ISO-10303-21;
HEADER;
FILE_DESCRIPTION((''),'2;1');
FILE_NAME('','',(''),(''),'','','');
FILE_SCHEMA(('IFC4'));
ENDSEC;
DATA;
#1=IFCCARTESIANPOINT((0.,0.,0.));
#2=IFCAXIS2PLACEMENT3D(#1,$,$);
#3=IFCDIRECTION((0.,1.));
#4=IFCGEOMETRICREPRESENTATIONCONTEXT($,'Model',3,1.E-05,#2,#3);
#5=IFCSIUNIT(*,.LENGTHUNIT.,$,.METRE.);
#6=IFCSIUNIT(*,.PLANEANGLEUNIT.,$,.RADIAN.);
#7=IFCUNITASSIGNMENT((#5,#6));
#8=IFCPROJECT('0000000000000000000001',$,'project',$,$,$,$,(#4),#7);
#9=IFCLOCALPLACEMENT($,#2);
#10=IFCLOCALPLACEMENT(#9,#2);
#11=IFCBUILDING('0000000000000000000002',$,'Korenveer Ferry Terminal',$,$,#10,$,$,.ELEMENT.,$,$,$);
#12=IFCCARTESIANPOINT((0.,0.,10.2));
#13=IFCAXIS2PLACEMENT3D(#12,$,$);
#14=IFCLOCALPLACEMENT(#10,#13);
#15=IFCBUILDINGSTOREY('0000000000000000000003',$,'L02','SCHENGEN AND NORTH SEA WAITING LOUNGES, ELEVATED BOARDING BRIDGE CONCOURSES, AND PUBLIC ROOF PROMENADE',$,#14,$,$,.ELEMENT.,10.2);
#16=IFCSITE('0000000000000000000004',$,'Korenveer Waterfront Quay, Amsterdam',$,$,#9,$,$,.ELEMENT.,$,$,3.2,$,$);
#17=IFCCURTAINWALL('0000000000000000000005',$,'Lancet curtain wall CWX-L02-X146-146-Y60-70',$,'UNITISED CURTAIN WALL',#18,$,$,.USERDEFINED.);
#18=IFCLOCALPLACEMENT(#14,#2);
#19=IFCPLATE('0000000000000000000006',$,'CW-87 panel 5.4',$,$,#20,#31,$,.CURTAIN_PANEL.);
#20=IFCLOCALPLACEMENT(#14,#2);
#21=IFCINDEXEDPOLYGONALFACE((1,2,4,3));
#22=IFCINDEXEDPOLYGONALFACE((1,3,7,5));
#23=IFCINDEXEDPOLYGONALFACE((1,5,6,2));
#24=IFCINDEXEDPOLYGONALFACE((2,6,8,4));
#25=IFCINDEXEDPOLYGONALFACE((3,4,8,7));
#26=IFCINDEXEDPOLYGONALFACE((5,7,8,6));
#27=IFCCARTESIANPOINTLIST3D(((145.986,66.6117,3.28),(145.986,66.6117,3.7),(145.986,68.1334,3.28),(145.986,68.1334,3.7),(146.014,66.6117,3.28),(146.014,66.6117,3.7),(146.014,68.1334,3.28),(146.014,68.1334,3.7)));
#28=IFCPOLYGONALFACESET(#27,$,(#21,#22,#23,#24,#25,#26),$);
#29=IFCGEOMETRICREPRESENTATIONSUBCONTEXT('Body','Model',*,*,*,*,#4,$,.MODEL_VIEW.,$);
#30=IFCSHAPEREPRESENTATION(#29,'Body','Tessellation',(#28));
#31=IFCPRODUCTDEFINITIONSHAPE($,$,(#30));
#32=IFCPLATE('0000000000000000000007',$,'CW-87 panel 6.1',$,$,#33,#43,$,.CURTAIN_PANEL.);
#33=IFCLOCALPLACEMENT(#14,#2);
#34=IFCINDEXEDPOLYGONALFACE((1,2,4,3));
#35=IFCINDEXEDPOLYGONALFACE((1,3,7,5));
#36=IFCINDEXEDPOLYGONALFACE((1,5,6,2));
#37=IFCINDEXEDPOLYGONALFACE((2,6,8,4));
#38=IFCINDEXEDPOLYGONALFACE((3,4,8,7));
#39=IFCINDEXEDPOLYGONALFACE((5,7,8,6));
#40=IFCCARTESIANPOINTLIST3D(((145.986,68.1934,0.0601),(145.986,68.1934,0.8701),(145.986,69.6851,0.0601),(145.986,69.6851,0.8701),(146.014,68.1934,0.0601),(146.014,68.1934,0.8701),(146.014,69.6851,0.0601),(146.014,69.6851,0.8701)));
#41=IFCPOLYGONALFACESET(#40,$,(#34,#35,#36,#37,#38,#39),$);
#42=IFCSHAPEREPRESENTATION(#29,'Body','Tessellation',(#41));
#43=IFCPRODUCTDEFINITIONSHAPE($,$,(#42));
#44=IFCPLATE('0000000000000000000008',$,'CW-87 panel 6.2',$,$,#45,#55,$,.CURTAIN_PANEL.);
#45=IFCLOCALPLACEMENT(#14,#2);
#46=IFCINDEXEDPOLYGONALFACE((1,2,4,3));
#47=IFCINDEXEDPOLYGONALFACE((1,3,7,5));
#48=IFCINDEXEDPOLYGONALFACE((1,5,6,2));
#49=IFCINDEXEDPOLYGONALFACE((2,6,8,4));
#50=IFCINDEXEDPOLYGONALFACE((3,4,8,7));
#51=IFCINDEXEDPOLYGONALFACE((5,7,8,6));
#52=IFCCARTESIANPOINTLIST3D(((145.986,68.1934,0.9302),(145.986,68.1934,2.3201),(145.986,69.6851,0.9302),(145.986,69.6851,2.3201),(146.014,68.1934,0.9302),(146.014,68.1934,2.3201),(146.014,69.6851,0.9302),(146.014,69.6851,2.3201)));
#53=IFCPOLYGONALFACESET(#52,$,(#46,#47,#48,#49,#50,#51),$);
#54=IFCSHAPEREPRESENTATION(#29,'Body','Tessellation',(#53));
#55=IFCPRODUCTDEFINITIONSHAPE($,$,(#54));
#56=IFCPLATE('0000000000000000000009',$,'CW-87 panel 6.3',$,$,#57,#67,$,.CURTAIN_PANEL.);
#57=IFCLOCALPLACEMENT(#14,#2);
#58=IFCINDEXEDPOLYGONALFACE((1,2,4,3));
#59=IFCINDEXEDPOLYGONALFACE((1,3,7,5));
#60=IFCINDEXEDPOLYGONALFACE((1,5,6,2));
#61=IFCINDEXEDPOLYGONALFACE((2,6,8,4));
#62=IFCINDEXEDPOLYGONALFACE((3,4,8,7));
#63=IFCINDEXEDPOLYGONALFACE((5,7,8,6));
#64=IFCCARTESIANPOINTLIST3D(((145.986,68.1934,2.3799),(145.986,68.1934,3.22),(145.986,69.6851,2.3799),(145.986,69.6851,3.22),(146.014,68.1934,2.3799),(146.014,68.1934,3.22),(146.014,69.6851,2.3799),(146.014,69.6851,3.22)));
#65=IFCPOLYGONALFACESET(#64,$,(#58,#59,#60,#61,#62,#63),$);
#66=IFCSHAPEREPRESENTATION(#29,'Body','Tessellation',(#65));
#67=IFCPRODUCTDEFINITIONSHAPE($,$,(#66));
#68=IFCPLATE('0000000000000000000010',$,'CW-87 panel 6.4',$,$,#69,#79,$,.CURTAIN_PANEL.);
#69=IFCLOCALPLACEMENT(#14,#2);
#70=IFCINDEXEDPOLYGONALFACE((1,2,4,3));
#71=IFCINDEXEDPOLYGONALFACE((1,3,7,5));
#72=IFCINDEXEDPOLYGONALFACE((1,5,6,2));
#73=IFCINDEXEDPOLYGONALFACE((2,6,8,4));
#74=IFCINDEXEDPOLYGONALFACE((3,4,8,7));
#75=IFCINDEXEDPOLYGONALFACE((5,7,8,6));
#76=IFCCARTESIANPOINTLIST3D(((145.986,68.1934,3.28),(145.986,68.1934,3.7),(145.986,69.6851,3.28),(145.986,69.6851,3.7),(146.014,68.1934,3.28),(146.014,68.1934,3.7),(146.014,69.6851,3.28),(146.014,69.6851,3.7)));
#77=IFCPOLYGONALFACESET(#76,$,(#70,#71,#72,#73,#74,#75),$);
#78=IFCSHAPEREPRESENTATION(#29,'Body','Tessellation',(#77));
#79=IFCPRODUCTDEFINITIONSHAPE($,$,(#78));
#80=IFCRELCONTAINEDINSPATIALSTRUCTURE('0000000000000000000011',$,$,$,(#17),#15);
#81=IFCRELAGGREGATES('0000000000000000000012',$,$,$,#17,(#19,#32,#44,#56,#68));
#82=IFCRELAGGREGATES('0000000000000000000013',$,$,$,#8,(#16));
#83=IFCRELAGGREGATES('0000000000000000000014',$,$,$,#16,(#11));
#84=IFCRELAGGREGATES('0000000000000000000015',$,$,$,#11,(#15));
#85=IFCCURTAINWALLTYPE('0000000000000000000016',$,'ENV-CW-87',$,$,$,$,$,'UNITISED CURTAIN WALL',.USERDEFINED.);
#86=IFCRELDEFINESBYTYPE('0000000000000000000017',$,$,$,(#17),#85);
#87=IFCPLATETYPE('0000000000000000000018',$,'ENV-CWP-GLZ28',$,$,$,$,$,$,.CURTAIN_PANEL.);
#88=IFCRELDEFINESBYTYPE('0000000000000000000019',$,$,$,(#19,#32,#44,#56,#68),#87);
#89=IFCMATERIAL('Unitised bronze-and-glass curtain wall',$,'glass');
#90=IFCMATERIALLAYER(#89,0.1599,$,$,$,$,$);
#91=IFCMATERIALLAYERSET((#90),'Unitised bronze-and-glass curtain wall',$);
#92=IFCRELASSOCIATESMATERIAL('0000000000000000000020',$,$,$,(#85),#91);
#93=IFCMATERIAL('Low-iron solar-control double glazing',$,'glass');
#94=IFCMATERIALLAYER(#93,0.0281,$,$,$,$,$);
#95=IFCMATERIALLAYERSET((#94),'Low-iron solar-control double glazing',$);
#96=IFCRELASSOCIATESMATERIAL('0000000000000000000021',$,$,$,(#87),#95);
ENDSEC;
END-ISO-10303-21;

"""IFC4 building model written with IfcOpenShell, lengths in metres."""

from ifc_helpers import new_model, si_unit, direction, frame, origin, origin_2d, place, context, subcontext, project, spatial, rectangle, extrude, material, layer, layer_set, type_object, element, aggregate, save


model = new_model("IFC4")

# Units and contexts
model_context = context("Model", 3, precision=1e-05, world=origin(), true_north=direction((0.0, 1.0)))
body_context = subcontext(model_context, "Body", "Model", "MODEL_VIEW")
ifc_project = project(units=[si_unit("LENGTHUNIT", "METRE"), si_unit("PLANEANGLEUNIT", "RADIAN")], contexts=[model_context])

# Site, building, storey
site_placement = place(None, origin())
site = spatial("IfcSite", under=ifc_project, at=site_placement, Name="Korenveer Waterfront Quay, Amsterdam", CompositionType="ELEMENT", RefElevation=3.2)
building_placement = place(site_placement, origin())
building = spatial("IfcBuilding", under=site, at=building_placement, Name="Korenveer Ferry Terminal", CompositionType="ELEMENT")
storey_placement = place(building_placement, frame((0.0, 0.0, 10.2)))
storey = spatial("IfcBuildingStorey", under=building, at=storey_placement, Name="L02", Description="SCHENGEN AND NORTH SEA WAITING LOUNGES, ELEVATED BOARDING BRIDGE CONCOURSES, AND PUBLIC ROOF PROMENADE", CompositionType="ELEMENT", Elevation=10.2)

# Shared definitions
ifc_material_1 = material(Name="Unitised bronze-and-glass curtain wall", Category="glass")

# Curtain wall
ifc_layer_1 = layer(ifc_material_1, 0.1599)
ifc_layer_set_1 = layer_set([ifc_layer_1], Name="Unitised bronze-and-glass curtain wall")
curtain_wall_type_1 = type_object("IfcCurtainWallType", Name="ENV-CW-87", ElementType="UNITISED CURTAIN WALL", PredefinedType="USERDEFINED", material=ifc_layer_set_1)
curtain_wall_1_placement = place(storey_placement, frame((146.0, 60.2549, 0.0)))
curtain_wall_1 = element("IfcCurtainWall", 1, at=curtain_wall_1_placement, inside=storey, type_object=curtain_wall_type_1, Name="Lancet curtain wall CWX-L02-X146-146-Y60-70", ObjectType="UNITISED CURTAIN WALL", PredefinedType="USERDEFINED")

# Plates
ifc_material_2 = material(Name="Low-iron solar-control double glazing", Category="glass")
ifc_layer_2 = layer(ifc_material_2, 0.0281)
ifc_layer_set_2 = layer_set([ifc_layer_2], Name="Low-iron solar-control double glazing")
plate_type = type_object("IfcPlateType", Name="ENV-CWP-GLZ28", PredefinedType="CURTAIN_PANEL", material=ifc_layer_set_2)
plate_1_placement = place(storey_placement, frame((146.0, 67.3726, 3.28), z_axis=(0.0, 0.0, 1.0), x_axis=(0.0, 1.0, 0.0)))
plate_1 = element("IfcPlate", 2, at=plate_1_placement, type_object=plate_type, Name="CW-87 panel 5.4", PredefinedType="CURTAIN_PANEL", context=body_context, shape_type="SweptSolid", body=[
    extrude(rectangle(XDim=1.5217, YDim=0.0281, at=origin_2d()), origin(), (0.0, 0.0, 1.0), 0.4199),
])
plate_2_placement = place(storey_placement, frame((146.0, 68.9392, 0.0601), z_axis=(0.0, 0.0, 1.0), x_axis=(0.0, 1.0, 0.0)))
plate_2 = element("IfcPlate", 3, at=plate_2_placement, type_object=plate_type, Name="CW-87 panel 6.1", PredefinedType="CURTAIN_PANEL", context=body_context, shape_type="SweptSolid", body=[
    extrude(rectangle(XDim=1.4917, YDim=0.0281, at=origin_2d()), origin(), (0.0, 0.0, 1.0), 0.8101),
])
plate_3_placement = place(storey_placement, frame((146.0, 68.9392, 0.9302), z_axis=(0.0, 0.0, 1.0), x_axis=(0.0, 1.0, 0.0)))
plate_3 = element("IfcPlate", 4, at=plate_3_placement, type_object=plate_type, Name="CW-87 panel 6.2", PredefinedType="CURTAIN_PANEL", context=body_context, shape_type="SweptSolid", body=[
    extrude(rectangle(XDim=1.4917, YDim=0.0281, at=origin_2d()), origin(), (0.0, 0.0, 1.0), 1.3899),
])
plate_4_placement = place(storey_placement, frame((146.0, 68.9392, 2.3799), z_axis=(0.0, 0.0, 1.0), x_axis=(0.0, 1.0, 0.0)))
plate_4 = element("IfcPlate", 5, at=plate_4_placement, type_object=plate_type, Name="CW-87 panel 6.3", PredefinedType="CURTAIN_PANEL", context=body_context, shape_type="SweptSolid", body=[
    extrude(rectangle(XDim=1.4917, YDim=0.0281, at=origin_2d()), origin(), (0.0, 0.0, 1.0), 0.8401),
])
plate_5_placement = place(storey_placement, frame((146.0, 68.9392, 3.28), z_axis=(0.0, 0.0, 1.0), x_axis=(0.0, 1.0, 0.0)))
plate_5 = element("IfcPlate", 6, at=plate_5_placement, type_object=plate_type, Name="CW-87 panel 6.4", PredefinedType="CURTAIN_PANEL", context=body_context, shape_type="SweptSolid", body=[
    extrude(rectangle(XDim=1.4917, YDim=0.0281, at=origin_2d()), origin(), (0.0, 0.0, 1.0), 0.4199),
])
aggregate(curtain_wall_1, [plate_1, plate_2, plate_3, plate_4, plate_5])

save(model, "model.ifc")
